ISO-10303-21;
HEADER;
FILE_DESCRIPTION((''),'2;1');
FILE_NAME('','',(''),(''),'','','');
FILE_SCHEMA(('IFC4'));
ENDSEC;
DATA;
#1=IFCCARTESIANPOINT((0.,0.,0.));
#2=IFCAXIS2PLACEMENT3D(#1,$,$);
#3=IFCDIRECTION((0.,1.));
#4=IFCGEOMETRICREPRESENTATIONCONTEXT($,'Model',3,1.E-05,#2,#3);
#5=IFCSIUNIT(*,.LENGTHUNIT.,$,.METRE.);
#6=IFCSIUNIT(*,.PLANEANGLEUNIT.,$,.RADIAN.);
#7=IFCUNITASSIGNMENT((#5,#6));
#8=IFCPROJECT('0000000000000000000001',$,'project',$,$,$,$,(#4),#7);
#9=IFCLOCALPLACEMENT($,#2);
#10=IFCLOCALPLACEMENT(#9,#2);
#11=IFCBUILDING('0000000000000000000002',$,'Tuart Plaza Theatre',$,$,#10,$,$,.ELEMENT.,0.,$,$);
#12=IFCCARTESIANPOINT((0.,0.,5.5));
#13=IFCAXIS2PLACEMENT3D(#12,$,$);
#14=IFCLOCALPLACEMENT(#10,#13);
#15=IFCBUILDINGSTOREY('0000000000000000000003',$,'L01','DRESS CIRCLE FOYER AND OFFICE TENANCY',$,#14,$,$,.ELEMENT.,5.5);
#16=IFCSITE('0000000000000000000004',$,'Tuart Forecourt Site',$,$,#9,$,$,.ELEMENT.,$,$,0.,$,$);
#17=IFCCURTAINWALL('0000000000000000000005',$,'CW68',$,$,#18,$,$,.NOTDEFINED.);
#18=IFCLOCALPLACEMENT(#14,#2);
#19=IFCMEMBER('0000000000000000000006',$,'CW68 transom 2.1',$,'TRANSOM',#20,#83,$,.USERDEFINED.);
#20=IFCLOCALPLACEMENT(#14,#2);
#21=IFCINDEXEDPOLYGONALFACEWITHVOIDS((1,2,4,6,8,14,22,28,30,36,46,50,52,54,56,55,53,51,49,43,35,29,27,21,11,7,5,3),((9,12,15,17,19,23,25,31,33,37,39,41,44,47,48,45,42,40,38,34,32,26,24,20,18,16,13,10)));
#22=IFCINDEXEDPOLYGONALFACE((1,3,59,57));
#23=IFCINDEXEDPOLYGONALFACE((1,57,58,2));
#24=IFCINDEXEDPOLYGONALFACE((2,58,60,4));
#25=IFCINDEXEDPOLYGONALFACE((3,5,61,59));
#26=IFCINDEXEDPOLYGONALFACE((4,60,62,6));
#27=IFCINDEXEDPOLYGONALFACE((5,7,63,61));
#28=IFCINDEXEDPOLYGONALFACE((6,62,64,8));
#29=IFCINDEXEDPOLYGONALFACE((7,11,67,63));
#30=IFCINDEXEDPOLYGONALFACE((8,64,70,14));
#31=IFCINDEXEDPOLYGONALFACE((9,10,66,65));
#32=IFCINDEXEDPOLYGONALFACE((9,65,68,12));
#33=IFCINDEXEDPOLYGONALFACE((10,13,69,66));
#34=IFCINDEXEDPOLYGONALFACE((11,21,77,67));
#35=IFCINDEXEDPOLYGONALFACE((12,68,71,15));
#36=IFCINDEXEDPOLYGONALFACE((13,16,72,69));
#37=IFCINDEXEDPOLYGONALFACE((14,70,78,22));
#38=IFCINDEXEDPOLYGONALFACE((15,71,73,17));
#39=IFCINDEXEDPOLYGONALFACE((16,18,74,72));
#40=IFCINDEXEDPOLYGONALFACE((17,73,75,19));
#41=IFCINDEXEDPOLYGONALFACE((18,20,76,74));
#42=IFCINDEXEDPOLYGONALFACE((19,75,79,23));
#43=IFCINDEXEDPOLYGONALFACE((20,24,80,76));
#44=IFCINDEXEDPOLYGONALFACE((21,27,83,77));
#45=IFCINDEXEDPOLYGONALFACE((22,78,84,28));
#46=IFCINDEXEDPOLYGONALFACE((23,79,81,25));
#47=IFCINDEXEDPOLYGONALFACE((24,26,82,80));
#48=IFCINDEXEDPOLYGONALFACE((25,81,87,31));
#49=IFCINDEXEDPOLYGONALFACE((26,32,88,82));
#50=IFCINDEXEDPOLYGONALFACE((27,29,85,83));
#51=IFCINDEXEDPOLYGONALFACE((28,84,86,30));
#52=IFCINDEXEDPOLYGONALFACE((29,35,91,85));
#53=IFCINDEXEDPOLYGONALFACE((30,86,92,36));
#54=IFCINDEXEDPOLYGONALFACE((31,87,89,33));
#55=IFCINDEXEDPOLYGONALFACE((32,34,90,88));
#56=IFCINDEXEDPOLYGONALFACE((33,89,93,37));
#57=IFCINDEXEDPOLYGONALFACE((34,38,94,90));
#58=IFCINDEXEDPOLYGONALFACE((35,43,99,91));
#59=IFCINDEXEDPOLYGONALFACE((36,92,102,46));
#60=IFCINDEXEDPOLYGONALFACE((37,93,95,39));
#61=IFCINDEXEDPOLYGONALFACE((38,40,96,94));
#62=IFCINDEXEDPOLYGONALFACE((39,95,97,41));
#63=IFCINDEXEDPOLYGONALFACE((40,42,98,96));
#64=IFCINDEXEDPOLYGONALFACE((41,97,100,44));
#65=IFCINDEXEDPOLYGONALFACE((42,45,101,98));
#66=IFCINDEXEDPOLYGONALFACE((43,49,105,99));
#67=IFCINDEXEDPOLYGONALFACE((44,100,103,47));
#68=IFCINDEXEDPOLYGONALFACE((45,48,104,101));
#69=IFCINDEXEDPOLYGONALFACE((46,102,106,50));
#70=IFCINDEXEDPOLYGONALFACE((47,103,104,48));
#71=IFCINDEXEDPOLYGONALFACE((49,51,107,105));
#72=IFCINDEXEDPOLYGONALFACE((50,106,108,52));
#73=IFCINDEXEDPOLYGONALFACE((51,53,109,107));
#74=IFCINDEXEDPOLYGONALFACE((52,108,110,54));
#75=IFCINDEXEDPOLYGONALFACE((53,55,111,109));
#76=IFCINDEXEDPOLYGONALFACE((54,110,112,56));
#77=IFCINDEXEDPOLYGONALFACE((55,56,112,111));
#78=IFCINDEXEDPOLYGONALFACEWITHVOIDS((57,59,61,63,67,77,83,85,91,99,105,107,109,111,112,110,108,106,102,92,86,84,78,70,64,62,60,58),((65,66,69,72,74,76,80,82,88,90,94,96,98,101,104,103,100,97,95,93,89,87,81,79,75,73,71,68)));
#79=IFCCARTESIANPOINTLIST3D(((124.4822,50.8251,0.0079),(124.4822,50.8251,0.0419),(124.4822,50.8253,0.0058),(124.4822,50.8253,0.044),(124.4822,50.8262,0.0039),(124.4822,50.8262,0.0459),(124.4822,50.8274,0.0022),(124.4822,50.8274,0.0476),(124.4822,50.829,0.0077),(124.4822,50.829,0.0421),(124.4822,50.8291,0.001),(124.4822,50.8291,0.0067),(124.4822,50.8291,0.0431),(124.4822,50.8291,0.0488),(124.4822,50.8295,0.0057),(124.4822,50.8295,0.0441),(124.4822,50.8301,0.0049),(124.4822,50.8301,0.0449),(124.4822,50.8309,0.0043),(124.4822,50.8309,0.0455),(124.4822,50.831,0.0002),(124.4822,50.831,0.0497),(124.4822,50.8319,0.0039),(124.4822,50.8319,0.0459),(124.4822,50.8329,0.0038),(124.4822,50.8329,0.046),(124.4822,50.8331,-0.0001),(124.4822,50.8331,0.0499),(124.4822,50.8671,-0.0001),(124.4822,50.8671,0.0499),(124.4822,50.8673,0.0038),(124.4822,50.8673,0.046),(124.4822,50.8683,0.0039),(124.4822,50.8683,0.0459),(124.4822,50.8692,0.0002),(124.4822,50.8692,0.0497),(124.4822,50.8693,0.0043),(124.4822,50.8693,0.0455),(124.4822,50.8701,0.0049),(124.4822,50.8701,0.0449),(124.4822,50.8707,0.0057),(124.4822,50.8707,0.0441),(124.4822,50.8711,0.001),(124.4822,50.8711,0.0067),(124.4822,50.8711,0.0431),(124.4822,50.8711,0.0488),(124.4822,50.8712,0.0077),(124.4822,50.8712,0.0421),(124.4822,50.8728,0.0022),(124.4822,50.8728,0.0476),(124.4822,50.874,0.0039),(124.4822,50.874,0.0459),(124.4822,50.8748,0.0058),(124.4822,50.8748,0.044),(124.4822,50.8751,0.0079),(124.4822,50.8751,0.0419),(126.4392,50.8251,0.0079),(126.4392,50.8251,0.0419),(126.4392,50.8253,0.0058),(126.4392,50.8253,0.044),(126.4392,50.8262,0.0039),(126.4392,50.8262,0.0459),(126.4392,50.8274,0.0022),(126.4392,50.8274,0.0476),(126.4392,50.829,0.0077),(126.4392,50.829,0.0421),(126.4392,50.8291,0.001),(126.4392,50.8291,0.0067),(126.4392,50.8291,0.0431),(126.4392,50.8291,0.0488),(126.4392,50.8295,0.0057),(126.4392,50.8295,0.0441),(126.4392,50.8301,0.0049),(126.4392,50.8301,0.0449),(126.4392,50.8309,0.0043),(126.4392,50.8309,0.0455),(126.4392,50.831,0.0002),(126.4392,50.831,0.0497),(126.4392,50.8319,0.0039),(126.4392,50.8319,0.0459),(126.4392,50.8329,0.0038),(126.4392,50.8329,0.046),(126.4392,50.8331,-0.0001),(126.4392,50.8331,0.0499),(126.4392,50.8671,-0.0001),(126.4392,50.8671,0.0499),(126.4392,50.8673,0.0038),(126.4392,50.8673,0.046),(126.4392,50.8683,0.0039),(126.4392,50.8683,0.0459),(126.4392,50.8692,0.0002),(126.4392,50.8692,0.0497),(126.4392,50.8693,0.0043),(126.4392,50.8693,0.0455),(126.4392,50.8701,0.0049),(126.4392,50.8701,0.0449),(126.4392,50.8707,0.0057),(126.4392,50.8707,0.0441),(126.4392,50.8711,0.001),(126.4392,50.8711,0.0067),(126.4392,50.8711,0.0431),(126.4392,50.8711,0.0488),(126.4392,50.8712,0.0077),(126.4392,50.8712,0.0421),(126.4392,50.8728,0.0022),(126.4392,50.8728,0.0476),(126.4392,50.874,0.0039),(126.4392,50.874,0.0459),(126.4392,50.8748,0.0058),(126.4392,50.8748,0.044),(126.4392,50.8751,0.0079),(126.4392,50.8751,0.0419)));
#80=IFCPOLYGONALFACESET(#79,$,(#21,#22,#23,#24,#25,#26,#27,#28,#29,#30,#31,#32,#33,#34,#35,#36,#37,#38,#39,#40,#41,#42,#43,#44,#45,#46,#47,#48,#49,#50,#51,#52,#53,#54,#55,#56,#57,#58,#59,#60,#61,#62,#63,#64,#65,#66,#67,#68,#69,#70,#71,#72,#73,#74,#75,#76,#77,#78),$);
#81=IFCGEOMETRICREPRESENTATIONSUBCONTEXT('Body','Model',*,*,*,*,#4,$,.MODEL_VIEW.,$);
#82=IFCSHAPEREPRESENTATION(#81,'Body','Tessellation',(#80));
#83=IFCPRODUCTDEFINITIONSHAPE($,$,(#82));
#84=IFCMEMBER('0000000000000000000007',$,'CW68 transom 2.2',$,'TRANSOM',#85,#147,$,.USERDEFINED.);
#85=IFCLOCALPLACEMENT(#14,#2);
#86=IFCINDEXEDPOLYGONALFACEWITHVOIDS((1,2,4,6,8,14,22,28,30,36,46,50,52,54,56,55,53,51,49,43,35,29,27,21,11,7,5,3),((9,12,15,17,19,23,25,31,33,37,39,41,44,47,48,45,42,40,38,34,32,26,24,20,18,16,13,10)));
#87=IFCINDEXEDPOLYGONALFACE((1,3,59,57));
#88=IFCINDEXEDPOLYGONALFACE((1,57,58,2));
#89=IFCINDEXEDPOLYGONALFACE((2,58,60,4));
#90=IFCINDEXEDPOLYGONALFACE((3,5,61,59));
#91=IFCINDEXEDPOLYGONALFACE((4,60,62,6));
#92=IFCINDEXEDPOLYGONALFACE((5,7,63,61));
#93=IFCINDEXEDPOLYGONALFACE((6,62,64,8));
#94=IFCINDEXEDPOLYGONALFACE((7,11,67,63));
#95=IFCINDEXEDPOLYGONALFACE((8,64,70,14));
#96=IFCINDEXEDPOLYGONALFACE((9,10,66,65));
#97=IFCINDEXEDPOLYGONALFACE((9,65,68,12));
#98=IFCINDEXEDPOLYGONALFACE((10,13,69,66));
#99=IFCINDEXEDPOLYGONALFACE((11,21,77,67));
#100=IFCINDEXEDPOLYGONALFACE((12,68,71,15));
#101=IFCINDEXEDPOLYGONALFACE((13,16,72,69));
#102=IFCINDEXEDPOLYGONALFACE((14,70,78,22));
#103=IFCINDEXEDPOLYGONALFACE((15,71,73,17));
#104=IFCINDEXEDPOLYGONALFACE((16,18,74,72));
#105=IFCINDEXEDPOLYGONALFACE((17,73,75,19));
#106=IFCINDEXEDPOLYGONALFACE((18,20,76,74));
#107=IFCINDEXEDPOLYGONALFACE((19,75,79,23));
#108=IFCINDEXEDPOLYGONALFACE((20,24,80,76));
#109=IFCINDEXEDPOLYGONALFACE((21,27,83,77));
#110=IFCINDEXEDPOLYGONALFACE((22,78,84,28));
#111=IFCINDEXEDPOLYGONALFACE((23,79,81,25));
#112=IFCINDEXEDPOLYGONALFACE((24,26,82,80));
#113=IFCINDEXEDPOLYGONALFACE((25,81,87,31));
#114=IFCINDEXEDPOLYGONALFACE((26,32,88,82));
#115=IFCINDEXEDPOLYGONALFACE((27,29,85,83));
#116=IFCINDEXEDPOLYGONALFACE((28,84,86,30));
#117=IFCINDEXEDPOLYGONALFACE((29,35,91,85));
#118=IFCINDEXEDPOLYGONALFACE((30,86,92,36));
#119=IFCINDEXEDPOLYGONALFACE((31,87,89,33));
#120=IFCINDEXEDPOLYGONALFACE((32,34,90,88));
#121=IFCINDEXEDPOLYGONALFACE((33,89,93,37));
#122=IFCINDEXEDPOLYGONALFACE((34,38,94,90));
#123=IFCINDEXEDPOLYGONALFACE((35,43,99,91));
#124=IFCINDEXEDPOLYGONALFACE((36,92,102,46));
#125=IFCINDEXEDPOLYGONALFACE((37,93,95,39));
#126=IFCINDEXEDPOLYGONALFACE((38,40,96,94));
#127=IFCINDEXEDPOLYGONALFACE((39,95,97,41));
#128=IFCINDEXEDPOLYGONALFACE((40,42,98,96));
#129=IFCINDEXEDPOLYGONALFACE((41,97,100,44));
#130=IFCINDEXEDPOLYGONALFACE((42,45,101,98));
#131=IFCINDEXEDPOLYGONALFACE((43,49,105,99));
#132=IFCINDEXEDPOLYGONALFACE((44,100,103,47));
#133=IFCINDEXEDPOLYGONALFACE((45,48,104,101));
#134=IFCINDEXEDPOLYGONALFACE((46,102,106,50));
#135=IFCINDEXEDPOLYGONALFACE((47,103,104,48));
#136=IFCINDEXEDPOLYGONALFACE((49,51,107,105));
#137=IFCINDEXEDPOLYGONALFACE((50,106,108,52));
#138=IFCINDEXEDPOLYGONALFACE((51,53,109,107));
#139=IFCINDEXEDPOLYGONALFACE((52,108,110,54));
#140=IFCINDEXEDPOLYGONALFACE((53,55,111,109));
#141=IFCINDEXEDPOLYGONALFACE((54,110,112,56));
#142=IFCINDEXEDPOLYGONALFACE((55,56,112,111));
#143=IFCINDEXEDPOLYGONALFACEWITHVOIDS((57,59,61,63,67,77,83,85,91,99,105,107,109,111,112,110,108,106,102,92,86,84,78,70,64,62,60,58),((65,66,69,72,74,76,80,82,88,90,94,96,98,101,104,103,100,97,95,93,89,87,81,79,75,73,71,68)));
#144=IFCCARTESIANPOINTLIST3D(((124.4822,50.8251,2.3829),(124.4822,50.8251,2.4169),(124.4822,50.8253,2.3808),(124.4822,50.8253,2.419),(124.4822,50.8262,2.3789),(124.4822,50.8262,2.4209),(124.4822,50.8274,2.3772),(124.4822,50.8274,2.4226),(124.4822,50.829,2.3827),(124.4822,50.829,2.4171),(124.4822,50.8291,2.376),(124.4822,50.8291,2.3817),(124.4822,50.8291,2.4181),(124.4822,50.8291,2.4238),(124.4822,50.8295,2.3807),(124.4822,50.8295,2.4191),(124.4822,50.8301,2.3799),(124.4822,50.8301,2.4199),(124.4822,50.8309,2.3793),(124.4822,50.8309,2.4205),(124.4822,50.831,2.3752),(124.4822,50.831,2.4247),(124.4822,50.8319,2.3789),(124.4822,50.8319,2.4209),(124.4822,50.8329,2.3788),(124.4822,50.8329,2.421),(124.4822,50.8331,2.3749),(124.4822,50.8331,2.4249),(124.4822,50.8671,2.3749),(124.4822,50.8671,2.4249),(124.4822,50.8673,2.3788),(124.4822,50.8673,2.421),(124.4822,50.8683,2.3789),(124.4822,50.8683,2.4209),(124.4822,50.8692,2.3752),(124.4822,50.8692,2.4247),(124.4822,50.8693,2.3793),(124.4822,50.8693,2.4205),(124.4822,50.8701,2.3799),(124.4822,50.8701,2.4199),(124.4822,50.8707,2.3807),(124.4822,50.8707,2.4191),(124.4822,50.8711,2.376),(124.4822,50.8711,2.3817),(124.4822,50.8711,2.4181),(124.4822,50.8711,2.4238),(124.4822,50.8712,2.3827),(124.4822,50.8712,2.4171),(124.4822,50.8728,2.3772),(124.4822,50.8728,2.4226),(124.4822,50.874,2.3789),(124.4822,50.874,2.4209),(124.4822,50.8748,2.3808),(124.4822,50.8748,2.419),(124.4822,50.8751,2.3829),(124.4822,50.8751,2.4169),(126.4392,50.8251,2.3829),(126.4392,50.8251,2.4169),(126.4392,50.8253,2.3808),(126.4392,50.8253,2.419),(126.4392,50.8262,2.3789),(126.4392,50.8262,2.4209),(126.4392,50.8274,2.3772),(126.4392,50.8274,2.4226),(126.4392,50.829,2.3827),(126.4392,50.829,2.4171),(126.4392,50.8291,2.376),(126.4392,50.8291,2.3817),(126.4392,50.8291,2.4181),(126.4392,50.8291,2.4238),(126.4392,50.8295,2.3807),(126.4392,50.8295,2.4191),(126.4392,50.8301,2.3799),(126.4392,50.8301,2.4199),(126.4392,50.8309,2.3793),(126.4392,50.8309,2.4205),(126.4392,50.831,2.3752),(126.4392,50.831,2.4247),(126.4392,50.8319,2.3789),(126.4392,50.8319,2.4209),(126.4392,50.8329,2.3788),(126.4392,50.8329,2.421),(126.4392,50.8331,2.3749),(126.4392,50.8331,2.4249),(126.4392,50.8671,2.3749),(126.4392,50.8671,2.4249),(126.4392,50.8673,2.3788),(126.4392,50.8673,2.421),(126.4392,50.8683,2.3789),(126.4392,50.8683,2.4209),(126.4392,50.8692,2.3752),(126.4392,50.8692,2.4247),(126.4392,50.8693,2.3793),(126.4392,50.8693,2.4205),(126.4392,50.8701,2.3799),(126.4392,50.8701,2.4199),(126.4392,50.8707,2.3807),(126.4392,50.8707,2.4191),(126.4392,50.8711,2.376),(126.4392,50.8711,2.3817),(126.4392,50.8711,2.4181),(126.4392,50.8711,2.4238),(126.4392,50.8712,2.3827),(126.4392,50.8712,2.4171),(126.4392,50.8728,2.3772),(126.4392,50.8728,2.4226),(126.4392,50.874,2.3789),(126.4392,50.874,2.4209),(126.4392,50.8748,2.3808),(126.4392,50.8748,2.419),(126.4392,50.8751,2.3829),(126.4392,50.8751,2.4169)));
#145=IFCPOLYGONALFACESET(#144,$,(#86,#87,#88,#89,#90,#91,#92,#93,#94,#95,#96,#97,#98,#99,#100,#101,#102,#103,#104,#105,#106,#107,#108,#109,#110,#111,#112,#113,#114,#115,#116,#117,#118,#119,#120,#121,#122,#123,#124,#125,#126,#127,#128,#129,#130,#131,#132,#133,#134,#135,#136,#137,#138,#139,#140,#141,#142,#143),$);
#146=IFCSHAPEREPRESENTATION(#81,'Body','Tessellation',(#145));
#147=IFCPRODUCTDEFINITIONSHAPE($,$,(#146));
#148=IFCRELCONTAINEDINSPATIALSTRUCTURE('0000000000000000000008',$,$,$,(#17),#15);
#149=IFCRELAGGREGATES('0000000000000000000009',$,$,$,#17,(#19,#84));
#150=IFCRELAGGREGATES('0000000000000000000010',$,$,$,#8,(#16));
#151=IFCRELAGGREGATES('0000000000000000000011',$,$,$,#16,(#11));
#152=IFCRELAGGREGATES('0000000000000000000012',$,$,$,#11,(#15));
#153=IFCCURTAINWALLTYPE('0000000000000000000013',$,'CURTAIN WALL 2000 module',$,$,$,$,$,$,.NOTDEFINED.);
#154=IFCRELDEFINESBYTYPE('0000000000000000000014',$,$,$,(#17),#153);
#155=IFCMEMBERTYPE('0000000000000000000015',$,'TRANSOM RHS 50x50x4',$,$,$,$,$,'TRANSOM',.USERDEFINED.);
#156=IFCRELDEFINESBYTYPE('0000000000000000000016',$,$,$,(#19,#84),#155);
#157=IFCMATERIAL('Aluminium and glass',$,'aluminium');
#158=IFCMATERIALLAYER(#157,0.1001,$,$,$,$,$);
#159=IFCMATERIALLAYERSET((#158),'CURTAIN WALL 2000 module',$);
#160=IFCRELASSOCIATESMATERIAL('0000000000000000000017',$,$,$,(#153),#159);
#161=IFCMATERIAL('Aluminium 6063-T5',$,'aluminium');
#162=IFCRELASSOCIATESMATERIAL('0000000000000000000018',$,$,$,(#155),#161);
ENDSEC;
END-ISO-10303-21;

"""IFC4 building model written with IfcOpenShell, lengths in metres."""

from ifc_helpers import new_model, si_unit, direction, frame, origin, origin_2d, place, context, subcontext, project, spatial, hollow_rectangle, extrude, material, layer, layer_set, material_profile, profile_set, type_object, element, aggregate, save


model = new_model("IFC4")

# Units and contexts
model_context = context("Model", 3, precision=1e-05, world=origin(), true_north=direction((0.0, 1.0)))
body_context = subcontext(model_context, "Body", "Model", "MODEL_VIEW")
ifc_project = project(units=[si_unit("LENGTHUNIT", "METRE"), si_unit("PLANEANGLEUNIT", "RADIAN")], contexts=[model_context])

# Site, building, storey
site_placement = place(None, origin())
site = spatial("IfcSite", under=ifc_project, at=site_placement, Name="Tuart Forecourt Site", CompositionType="ELEMENT", RefElevation=0.0)
building_placement = place(site_placement, origin())
building = spatial("IfcBuilding", under=site, at=building_placement, Name="Tuart Plaza Theatre", CompositionType="ELEMENT", ElevationOfRefHeight=0.0)
storey_placement = place(building_placement, frame((0.0, 0.0, 5.5)))
storey = spatial("IfcBuildingStorey", under=building, at=storey_placement, Name="L01", Description="DRESS CIRCLE FOYER AND OFFICE TENANCY", CompositionType="ELEMENT", Elevation=5.5)

# Curtain wall
ifc_material_1 = material(Name="Aluminium and glass", Category="aluminium")
ifc_layer_1 = layer(ifc_material_1, 0.1001)
ifc_layer_set_1 = layer_set([ifc_layer_1], Name="CURTAIN WALL 2000 module")
curtain_wall_type = type_object("IfcCurtainWallType", Name="CURTAIN WALL 2000 module", PredefinedType="NOTDEFINED", material=ifc_layer_set_1)
curtain_wall_1_placement = place(storey_placement, origin())
curtain_wall_1 = element("IfcCurtainWall", 1, at=curtain_wall_1_placement, inside=storey, type_object=curtain_wall_type, Name="CW68", PredefinedType="NOTDEFINED")

# Members
ifc_material_2 = material(Name="Aluminium 6063-T5", Category="aluminium")
ifc_material_profile_1 = material_profile(ifc_material_2, hollow_rectangle(XDim=0.05, YDim=0.05, WallThickness=0.0039, InnerFilletRadius=0.0039, OuterFilletRadius=0.0081, at=origin_2d()), Name="RHS 50x50x4")
ifc_profile_set_1 = profile_set([ifc_material_profile_1], Name="Aluminium 6063-T5")
member_type_1 = type_object("IfcMemberType", Name="TRANSOM RHS 50x50x4", ElementType="TRANSOM", PredefinedType="USERDEFINED", material=ifc_profile_set_1)
member_1_placement = place(storey_placement, frame((124.4822, 50.8501, 0.0249), z_axis=(1.0, 0.0, 0.0), x_axis=(0.0, 1.0, 0.0)))
member_1 = element("IfcMember", 2, at=member_1_placement, type_object=member_type_1, Name="CW68 transom 2.1", ObjectType="TRANSOM", PredefinedType="USERDEFINED", context=body_context, shape_type="SweptSolid", body=[
    extrude(hollow_rectangle(XDim=0.05, YDim=0.05, WallThickness=0.0039, InnerFilletRadius=0.0039, OuterFilletRadius=0.0081, at=origin_2d()), origin(), (0.0, 0.0, 1.0), 1.957),
])
member_2_placement = place(storey_placement, frame((124.4822, 50.8501, 2.3999), z_axis=(1.0, 0.0, 0.0), x_axis=(0.0, 1.0, 0.0)))
member_2 = element("IfcMember", 3, at=member_2_placement, type_object=member_type_1, Name="CW68 transom 2.2", ObjectType="TRANSOM", PredefinedType="USERDEFINED", context=body_context, shape_type="SweptSolid", body=[
    extrude(hollow_rectangle(XDim=0.05, YDim=0.05, WallThickness=0.0039, InnerFilletRadius=0.0039, OuterFilletRadius=0.0081, at=origin_2d()), origin(), (0.0, 0.0, 1.0), 1.957),
])

aggregate(curtain_wall_1, [member_1, member_2])

save(model, "model.ifc")
